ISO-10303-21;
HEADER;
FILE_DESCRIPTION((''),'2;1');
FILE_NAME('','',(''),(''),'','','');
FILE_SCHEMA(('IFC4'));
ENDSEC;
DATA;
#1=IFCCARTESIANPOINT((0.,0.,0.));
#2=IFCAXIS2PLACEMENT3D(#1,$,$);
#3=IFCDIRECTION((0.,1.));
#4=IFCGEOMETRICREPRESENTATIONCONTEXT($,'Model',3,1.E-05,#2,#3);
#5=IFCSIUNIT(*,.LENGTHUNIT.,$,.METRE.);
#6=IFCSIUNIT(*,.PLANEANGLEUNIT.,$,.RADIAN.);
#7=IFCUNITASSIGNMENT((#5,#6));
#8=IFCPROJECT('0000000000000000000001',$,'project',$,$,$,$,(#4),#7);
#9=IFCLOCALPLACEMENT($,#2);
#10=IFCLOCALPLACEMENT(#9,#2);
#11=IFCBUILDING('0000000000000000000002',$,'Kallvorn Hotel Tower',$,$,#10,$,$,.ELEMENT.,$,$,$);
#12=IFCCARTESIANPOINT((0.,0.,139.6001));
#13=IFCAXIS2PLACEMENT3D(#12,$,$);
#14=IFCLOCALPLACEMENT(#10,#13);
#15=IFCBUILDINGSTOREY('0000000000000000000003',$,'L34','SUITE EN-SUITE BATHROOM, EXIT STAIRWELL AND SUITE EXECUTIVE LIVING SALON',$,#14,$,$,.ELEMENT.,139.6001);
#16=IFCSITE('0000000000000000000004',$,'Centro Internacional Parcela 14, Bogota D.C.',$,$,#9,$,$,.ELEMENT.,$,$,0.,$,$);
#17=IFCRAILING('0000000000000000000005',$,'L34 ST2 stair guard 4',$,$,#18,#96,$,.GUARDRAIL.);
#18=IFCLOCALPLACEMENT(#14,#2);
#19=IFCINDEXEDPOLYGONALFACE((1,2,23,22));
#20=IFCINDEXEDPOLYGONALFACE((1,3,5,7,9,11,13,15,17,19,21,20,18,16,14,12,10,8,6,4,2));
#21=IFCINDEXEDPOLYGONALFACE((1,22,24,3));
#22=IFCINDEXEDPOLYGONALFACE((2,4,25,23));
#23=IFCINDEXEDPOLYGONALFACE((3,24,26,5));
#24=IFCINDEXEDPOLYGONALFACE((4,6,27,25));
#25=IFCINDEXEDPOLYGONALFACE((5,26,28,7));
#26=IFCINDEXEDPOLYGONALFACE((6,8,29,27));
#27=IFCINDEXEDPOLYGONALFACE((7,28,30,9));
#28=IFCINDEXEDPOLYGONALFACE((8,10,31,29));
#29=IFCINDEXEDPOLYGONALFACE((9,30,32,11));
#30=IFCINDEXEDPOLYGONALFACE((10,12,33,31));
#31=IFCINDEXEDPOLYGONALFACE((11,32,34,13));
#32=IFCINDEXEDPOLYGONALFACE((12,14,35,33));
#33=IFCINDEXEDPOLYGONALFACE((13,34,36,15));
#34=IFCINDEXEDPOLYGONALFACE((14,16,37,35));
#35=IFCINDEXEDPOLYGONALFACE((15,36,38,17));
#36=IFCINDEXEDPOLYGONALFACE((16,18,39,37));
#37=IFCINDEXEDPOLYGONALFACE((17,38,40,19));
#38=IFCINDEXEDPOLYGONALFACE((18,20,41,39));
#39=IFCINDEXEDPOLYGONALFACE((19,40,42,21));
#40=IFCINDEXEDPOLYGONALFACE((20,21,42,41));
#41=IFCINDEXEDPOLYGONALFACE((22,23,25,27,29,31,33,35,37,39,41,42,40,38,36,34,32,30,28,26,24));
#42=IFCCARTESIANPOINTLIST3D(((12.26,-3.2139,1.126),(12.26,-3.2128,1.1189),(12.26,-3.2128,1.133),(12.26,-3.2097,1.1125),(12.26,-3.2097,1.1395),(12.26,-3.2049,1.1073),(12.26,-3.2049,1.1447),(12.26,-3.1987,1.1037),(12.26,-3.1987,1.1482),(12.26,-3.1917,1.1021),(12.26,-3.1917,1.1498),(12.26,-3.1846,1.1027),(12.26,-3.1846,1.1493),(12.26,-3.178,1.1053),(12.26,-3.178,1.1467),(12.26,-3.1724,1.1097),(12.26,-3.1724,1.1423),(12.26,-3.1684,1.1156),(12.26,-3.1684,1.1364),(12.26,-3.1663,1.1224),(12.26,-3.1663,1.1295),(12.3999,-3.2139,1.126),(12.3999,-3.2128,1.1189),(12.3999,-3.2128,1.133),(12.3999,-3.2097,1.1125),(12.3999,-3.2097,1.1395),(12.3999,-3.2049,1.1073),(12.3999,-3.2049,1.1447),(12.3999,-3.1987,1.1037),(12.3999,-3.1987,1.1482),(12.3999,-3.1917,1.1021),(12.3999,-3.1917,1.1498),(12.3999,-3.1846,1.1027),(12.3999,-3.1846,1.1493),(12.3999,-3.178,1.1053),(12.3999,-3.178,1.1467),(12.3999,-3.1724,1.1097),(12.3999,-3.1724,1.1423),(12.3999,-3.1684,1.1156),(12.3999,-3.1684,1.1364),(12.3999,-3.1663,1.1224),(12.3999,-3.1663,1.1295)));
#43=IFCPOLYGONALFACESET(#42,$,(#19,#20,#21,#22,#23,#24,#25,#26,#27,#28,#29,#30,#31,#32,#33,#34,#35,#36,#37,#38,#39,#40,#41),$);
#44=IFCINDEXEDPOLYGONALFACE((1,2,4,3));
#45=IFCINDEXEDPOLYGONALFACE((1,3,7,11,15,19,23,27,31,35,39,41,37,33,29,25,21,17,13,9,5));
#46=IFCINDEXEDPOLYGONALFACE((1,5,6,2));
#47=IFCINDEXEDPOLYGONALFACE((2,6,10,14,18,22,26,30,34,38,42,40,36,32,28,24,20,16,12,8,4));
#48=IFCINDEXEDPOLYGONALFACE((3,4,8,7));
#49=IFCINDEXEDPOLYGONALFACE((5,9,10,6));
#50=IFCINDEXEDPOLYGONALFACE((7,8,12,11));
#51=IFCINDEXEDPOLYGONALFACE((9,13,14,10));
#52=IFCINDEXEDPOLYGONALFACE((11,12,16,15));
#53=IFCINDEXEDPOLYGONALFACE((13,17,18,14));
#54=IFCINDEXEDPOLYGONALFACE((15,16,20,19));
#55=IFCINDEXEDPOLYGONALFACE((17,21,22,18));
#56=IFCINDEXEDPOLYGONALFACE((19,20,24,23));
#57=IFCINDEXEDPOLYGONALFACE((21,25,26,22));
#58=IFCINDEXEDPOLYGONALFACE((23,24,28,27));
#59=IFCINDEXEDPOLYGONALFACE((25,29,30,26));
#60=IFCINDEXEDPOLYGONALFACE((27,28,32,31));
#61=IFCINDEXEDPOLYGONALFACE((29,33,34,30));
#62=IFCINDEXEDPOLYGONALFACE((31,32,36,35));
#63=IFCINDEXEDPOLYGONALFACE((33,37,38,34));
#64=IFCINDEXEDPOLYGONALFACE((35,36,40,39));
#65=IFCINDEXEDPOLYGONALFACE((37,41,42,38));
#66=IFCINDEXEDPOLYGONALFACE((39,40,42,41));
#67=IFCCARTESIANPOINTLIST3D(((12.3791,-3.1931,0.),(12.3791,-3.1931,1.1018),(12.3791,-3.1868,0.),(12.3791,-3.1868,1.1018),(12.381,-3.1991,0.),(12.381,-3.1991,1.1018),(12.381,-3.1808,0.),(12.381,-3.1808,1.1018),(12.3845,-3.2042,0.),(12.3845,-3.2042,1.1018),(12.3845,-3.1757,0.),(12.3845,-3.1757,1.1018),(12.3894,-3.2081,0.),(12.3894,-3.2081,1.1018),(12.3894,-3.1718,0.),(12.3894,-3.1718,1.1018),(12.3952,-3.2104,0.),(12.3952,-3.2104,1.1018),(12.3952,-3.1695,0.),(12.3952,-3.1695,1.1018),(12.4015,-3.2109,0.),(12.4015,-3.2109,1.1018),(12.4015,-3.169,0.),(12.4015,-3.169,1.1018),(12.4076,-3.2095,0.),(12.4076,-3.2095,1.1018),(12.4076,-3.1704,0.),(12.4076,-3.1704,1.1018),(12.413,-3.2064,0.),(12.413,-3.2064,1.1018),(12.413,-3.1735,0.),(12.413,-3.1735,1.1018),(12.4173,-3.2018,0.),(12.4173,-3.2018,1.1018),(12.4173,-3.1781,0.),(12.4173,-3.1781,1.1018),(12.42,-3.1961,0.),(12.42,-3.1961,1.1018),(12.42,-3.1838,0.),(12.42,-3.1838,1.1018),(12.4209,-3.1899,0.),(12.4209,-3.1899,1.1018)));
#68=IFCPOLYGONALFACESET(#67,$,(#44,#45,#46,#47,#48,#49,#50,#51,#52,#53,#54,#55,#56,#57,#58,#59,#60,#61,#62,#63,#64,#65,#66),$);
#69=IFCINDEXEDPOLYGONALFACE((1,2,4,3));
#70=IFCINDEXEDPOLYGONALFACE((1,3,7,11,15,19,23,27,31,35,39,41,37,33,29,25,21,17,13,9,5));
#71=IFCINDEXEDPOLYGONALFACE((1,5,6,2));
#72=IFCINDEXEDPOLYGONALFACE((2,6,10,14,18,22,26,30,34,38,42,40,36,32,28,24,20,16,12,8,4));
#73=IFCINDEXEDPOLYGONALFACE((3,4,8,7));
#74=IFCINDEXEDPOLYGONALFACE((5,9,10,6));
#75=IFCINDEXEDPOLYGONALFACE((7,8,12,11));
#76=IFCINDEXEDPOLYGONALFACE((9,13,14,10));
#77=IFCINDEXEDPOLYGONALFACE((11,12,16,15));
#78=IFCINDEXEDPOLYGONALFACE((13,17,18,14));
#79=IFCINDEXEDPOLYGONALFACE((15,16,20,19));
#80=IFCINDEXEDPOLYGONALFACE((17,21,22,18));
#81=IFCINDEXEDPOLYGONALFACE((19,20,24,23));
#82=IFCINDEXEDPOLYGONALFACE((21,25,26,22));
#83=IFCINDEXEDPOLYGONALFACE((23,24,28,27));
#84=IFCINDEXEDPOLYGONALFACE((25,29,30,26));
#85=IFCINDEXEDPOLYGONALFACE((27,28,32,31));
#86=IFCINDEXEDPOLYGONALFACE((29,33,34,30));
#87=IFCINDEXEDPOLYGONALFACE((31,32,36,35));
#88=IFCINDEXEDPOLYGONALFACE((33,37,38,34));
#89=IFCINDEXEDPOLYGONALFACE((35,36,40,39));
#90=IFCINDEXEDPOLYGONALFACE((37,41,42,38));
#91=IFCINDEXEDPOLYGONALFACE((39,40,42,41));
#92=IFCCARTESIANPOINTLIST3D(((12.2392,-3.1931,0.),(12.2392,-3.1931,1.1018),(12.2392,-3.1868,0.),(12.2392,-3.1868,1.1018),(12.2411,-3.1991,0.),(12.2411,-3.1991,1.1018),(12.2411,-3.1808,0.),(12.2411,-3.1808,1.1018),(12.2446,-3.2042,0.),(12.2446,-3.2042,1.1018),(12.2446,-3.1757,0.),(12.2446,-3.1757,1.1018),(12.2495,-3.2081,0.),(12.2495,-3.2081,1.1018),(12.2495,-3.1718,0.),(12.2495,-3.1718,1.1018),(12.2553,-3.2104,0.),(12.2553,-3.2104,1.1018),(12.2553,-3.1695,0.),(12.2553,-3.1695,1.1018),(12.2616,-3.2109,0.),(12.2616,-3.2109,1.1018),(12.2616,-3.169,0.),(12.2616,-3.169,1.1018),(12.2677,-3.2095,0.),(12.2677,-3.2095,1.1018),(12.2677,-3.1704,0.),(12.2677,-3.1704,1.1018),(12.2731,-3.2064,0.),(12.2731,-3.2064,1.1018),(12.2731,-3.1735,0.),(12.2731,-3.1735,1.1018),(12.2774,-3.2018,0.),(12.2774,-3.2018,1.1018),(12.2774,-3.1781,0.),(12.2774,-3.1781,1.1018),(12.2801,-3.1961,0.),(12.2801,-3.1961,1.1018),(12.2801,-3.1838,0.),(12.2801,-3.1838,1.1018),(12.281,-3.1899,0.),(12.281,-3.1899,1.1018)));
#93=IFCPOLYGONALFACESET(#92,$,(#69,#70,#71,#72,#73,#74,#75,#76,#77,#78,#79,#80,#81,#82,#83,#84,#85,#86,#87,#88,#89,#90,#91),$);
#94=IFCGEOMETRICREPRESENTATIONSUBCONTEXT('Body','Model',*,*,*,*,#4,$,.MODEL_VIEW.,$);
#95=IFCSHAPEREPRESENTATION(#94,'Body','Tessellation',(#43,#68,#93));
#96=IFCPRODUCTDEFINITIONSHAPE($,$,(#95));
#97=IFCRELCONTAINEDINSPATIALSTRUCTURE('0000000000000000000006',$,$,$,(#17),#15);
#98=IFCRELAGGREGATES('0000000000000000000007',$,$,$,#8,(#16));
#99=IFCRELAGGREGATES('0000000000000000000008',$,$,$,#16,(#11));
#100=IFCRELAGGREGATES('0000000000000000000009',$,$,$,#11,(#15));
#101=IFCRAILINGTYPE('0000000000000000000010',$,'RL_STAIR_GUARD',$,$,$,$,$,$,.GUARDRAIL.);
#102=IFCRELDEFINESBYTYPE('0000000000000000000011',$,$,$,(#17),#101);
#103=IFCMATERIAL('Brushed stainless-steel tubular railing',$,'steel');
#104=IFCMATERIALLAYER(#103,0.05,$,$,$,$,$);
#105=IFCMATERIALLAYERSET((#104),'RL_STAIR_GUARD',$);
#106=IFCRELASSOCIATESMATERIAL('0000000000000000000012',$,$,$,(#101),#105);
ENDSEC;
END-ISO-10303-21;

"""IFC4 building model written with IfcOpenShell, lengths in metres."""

from ifc_helpers import new_model, si_unit, direction, frame, origin, origin_2d, place, context, subcontext, project, spatial, circle, extrude, material, layer, layer_set, type_object, element, save


model = new_model("IFC4")

# Units and contexts
model_context = context("Model", 3, precision=1e-05, world=origin(), true_north=direction((0.0, 1.0)))
body_context = subcontext(model_context, "Body", "Model", "MODEL_VIEW")
ifc_project = project(units=[si_unit("LENGTHUNIT", "METRE"), si_unit("PLANEANGLEUNIT", "RADIAN")], contexts=[model_context])

# Site, building, storey
site_placement = place(None, origin())
site = spatial("IfcSite", under=ifc_project, at=site_placement, Name="Centro Internacional Parcela 14, Bogota D.C.", CompositionType="ELEMENT", RefElevation=0.0)
building_placement = place(site_placement, origin())
building = spatial("IfcBuilding", under=site, at=building_placement, Name="Kallvorn Hotel Tower", CompositionType="ELEMENT")
storey_placement = place(building_placement, frame((0.0, 0.0, 139.6001)))
storey = spatial("IfcBuildingStorey", under=building, at=storey_placement, Name="L34", Description="SUITE EN-SUITE BATHROOM, EXIT STAIRWELL AND SUITE EXECUTIVE LIVING SALON", CompositionType="ELEMENT", Elevation=139.6001)

# Railing
ifc_material_1 = material(Name="Brushed stainless-steel tubular railing", Category="steel")
ifc_layer_1 = layer(ifc_material_1, 0.05)
ifc_layer_set_1 = layer_set([ifc_layer_1], Name="RL_STAIR_GUARD")
railing_type_1 = type_object("IfcRailingType", Name="RL_STAIR_GUARD", PredefinedType="GUARDRAIL", material=ifc_layer_set_1)
railing_1_placement = place(storey_placement, frame((12.3999, -3.1899, 0.0)))
element("IfcRailing", 1, at=railing_1_placement, inside=storey, type_object=railing_type_1, Name="L34 ST2 stair guard 4", PredefinedType="GUARDRAIL", context=body_context, shape_type="SweptSolid", body=[
    extrude(circle(Radius=0.0239, at=origin_2d()), frame((0.0, 0.0, 1.126), z_axis=(-1.0, 0.0, 0.0), x_axis=(0.0, -1.0, 0.0)), (0.0, 0.0, 1.0), 0.1399),
    extrude(circle(Radius=0.021, at=origin_2d()), origin(), (0.0, 0.0, 1.0), 1.1018),
    extrude(circle(Radius=0.021, at=origin_2d()), frame((-0.1399, 0.0, 0.0)), (0.0, 0.0, 1.0), 1.1018),
])

save(model, "model.ifc")
